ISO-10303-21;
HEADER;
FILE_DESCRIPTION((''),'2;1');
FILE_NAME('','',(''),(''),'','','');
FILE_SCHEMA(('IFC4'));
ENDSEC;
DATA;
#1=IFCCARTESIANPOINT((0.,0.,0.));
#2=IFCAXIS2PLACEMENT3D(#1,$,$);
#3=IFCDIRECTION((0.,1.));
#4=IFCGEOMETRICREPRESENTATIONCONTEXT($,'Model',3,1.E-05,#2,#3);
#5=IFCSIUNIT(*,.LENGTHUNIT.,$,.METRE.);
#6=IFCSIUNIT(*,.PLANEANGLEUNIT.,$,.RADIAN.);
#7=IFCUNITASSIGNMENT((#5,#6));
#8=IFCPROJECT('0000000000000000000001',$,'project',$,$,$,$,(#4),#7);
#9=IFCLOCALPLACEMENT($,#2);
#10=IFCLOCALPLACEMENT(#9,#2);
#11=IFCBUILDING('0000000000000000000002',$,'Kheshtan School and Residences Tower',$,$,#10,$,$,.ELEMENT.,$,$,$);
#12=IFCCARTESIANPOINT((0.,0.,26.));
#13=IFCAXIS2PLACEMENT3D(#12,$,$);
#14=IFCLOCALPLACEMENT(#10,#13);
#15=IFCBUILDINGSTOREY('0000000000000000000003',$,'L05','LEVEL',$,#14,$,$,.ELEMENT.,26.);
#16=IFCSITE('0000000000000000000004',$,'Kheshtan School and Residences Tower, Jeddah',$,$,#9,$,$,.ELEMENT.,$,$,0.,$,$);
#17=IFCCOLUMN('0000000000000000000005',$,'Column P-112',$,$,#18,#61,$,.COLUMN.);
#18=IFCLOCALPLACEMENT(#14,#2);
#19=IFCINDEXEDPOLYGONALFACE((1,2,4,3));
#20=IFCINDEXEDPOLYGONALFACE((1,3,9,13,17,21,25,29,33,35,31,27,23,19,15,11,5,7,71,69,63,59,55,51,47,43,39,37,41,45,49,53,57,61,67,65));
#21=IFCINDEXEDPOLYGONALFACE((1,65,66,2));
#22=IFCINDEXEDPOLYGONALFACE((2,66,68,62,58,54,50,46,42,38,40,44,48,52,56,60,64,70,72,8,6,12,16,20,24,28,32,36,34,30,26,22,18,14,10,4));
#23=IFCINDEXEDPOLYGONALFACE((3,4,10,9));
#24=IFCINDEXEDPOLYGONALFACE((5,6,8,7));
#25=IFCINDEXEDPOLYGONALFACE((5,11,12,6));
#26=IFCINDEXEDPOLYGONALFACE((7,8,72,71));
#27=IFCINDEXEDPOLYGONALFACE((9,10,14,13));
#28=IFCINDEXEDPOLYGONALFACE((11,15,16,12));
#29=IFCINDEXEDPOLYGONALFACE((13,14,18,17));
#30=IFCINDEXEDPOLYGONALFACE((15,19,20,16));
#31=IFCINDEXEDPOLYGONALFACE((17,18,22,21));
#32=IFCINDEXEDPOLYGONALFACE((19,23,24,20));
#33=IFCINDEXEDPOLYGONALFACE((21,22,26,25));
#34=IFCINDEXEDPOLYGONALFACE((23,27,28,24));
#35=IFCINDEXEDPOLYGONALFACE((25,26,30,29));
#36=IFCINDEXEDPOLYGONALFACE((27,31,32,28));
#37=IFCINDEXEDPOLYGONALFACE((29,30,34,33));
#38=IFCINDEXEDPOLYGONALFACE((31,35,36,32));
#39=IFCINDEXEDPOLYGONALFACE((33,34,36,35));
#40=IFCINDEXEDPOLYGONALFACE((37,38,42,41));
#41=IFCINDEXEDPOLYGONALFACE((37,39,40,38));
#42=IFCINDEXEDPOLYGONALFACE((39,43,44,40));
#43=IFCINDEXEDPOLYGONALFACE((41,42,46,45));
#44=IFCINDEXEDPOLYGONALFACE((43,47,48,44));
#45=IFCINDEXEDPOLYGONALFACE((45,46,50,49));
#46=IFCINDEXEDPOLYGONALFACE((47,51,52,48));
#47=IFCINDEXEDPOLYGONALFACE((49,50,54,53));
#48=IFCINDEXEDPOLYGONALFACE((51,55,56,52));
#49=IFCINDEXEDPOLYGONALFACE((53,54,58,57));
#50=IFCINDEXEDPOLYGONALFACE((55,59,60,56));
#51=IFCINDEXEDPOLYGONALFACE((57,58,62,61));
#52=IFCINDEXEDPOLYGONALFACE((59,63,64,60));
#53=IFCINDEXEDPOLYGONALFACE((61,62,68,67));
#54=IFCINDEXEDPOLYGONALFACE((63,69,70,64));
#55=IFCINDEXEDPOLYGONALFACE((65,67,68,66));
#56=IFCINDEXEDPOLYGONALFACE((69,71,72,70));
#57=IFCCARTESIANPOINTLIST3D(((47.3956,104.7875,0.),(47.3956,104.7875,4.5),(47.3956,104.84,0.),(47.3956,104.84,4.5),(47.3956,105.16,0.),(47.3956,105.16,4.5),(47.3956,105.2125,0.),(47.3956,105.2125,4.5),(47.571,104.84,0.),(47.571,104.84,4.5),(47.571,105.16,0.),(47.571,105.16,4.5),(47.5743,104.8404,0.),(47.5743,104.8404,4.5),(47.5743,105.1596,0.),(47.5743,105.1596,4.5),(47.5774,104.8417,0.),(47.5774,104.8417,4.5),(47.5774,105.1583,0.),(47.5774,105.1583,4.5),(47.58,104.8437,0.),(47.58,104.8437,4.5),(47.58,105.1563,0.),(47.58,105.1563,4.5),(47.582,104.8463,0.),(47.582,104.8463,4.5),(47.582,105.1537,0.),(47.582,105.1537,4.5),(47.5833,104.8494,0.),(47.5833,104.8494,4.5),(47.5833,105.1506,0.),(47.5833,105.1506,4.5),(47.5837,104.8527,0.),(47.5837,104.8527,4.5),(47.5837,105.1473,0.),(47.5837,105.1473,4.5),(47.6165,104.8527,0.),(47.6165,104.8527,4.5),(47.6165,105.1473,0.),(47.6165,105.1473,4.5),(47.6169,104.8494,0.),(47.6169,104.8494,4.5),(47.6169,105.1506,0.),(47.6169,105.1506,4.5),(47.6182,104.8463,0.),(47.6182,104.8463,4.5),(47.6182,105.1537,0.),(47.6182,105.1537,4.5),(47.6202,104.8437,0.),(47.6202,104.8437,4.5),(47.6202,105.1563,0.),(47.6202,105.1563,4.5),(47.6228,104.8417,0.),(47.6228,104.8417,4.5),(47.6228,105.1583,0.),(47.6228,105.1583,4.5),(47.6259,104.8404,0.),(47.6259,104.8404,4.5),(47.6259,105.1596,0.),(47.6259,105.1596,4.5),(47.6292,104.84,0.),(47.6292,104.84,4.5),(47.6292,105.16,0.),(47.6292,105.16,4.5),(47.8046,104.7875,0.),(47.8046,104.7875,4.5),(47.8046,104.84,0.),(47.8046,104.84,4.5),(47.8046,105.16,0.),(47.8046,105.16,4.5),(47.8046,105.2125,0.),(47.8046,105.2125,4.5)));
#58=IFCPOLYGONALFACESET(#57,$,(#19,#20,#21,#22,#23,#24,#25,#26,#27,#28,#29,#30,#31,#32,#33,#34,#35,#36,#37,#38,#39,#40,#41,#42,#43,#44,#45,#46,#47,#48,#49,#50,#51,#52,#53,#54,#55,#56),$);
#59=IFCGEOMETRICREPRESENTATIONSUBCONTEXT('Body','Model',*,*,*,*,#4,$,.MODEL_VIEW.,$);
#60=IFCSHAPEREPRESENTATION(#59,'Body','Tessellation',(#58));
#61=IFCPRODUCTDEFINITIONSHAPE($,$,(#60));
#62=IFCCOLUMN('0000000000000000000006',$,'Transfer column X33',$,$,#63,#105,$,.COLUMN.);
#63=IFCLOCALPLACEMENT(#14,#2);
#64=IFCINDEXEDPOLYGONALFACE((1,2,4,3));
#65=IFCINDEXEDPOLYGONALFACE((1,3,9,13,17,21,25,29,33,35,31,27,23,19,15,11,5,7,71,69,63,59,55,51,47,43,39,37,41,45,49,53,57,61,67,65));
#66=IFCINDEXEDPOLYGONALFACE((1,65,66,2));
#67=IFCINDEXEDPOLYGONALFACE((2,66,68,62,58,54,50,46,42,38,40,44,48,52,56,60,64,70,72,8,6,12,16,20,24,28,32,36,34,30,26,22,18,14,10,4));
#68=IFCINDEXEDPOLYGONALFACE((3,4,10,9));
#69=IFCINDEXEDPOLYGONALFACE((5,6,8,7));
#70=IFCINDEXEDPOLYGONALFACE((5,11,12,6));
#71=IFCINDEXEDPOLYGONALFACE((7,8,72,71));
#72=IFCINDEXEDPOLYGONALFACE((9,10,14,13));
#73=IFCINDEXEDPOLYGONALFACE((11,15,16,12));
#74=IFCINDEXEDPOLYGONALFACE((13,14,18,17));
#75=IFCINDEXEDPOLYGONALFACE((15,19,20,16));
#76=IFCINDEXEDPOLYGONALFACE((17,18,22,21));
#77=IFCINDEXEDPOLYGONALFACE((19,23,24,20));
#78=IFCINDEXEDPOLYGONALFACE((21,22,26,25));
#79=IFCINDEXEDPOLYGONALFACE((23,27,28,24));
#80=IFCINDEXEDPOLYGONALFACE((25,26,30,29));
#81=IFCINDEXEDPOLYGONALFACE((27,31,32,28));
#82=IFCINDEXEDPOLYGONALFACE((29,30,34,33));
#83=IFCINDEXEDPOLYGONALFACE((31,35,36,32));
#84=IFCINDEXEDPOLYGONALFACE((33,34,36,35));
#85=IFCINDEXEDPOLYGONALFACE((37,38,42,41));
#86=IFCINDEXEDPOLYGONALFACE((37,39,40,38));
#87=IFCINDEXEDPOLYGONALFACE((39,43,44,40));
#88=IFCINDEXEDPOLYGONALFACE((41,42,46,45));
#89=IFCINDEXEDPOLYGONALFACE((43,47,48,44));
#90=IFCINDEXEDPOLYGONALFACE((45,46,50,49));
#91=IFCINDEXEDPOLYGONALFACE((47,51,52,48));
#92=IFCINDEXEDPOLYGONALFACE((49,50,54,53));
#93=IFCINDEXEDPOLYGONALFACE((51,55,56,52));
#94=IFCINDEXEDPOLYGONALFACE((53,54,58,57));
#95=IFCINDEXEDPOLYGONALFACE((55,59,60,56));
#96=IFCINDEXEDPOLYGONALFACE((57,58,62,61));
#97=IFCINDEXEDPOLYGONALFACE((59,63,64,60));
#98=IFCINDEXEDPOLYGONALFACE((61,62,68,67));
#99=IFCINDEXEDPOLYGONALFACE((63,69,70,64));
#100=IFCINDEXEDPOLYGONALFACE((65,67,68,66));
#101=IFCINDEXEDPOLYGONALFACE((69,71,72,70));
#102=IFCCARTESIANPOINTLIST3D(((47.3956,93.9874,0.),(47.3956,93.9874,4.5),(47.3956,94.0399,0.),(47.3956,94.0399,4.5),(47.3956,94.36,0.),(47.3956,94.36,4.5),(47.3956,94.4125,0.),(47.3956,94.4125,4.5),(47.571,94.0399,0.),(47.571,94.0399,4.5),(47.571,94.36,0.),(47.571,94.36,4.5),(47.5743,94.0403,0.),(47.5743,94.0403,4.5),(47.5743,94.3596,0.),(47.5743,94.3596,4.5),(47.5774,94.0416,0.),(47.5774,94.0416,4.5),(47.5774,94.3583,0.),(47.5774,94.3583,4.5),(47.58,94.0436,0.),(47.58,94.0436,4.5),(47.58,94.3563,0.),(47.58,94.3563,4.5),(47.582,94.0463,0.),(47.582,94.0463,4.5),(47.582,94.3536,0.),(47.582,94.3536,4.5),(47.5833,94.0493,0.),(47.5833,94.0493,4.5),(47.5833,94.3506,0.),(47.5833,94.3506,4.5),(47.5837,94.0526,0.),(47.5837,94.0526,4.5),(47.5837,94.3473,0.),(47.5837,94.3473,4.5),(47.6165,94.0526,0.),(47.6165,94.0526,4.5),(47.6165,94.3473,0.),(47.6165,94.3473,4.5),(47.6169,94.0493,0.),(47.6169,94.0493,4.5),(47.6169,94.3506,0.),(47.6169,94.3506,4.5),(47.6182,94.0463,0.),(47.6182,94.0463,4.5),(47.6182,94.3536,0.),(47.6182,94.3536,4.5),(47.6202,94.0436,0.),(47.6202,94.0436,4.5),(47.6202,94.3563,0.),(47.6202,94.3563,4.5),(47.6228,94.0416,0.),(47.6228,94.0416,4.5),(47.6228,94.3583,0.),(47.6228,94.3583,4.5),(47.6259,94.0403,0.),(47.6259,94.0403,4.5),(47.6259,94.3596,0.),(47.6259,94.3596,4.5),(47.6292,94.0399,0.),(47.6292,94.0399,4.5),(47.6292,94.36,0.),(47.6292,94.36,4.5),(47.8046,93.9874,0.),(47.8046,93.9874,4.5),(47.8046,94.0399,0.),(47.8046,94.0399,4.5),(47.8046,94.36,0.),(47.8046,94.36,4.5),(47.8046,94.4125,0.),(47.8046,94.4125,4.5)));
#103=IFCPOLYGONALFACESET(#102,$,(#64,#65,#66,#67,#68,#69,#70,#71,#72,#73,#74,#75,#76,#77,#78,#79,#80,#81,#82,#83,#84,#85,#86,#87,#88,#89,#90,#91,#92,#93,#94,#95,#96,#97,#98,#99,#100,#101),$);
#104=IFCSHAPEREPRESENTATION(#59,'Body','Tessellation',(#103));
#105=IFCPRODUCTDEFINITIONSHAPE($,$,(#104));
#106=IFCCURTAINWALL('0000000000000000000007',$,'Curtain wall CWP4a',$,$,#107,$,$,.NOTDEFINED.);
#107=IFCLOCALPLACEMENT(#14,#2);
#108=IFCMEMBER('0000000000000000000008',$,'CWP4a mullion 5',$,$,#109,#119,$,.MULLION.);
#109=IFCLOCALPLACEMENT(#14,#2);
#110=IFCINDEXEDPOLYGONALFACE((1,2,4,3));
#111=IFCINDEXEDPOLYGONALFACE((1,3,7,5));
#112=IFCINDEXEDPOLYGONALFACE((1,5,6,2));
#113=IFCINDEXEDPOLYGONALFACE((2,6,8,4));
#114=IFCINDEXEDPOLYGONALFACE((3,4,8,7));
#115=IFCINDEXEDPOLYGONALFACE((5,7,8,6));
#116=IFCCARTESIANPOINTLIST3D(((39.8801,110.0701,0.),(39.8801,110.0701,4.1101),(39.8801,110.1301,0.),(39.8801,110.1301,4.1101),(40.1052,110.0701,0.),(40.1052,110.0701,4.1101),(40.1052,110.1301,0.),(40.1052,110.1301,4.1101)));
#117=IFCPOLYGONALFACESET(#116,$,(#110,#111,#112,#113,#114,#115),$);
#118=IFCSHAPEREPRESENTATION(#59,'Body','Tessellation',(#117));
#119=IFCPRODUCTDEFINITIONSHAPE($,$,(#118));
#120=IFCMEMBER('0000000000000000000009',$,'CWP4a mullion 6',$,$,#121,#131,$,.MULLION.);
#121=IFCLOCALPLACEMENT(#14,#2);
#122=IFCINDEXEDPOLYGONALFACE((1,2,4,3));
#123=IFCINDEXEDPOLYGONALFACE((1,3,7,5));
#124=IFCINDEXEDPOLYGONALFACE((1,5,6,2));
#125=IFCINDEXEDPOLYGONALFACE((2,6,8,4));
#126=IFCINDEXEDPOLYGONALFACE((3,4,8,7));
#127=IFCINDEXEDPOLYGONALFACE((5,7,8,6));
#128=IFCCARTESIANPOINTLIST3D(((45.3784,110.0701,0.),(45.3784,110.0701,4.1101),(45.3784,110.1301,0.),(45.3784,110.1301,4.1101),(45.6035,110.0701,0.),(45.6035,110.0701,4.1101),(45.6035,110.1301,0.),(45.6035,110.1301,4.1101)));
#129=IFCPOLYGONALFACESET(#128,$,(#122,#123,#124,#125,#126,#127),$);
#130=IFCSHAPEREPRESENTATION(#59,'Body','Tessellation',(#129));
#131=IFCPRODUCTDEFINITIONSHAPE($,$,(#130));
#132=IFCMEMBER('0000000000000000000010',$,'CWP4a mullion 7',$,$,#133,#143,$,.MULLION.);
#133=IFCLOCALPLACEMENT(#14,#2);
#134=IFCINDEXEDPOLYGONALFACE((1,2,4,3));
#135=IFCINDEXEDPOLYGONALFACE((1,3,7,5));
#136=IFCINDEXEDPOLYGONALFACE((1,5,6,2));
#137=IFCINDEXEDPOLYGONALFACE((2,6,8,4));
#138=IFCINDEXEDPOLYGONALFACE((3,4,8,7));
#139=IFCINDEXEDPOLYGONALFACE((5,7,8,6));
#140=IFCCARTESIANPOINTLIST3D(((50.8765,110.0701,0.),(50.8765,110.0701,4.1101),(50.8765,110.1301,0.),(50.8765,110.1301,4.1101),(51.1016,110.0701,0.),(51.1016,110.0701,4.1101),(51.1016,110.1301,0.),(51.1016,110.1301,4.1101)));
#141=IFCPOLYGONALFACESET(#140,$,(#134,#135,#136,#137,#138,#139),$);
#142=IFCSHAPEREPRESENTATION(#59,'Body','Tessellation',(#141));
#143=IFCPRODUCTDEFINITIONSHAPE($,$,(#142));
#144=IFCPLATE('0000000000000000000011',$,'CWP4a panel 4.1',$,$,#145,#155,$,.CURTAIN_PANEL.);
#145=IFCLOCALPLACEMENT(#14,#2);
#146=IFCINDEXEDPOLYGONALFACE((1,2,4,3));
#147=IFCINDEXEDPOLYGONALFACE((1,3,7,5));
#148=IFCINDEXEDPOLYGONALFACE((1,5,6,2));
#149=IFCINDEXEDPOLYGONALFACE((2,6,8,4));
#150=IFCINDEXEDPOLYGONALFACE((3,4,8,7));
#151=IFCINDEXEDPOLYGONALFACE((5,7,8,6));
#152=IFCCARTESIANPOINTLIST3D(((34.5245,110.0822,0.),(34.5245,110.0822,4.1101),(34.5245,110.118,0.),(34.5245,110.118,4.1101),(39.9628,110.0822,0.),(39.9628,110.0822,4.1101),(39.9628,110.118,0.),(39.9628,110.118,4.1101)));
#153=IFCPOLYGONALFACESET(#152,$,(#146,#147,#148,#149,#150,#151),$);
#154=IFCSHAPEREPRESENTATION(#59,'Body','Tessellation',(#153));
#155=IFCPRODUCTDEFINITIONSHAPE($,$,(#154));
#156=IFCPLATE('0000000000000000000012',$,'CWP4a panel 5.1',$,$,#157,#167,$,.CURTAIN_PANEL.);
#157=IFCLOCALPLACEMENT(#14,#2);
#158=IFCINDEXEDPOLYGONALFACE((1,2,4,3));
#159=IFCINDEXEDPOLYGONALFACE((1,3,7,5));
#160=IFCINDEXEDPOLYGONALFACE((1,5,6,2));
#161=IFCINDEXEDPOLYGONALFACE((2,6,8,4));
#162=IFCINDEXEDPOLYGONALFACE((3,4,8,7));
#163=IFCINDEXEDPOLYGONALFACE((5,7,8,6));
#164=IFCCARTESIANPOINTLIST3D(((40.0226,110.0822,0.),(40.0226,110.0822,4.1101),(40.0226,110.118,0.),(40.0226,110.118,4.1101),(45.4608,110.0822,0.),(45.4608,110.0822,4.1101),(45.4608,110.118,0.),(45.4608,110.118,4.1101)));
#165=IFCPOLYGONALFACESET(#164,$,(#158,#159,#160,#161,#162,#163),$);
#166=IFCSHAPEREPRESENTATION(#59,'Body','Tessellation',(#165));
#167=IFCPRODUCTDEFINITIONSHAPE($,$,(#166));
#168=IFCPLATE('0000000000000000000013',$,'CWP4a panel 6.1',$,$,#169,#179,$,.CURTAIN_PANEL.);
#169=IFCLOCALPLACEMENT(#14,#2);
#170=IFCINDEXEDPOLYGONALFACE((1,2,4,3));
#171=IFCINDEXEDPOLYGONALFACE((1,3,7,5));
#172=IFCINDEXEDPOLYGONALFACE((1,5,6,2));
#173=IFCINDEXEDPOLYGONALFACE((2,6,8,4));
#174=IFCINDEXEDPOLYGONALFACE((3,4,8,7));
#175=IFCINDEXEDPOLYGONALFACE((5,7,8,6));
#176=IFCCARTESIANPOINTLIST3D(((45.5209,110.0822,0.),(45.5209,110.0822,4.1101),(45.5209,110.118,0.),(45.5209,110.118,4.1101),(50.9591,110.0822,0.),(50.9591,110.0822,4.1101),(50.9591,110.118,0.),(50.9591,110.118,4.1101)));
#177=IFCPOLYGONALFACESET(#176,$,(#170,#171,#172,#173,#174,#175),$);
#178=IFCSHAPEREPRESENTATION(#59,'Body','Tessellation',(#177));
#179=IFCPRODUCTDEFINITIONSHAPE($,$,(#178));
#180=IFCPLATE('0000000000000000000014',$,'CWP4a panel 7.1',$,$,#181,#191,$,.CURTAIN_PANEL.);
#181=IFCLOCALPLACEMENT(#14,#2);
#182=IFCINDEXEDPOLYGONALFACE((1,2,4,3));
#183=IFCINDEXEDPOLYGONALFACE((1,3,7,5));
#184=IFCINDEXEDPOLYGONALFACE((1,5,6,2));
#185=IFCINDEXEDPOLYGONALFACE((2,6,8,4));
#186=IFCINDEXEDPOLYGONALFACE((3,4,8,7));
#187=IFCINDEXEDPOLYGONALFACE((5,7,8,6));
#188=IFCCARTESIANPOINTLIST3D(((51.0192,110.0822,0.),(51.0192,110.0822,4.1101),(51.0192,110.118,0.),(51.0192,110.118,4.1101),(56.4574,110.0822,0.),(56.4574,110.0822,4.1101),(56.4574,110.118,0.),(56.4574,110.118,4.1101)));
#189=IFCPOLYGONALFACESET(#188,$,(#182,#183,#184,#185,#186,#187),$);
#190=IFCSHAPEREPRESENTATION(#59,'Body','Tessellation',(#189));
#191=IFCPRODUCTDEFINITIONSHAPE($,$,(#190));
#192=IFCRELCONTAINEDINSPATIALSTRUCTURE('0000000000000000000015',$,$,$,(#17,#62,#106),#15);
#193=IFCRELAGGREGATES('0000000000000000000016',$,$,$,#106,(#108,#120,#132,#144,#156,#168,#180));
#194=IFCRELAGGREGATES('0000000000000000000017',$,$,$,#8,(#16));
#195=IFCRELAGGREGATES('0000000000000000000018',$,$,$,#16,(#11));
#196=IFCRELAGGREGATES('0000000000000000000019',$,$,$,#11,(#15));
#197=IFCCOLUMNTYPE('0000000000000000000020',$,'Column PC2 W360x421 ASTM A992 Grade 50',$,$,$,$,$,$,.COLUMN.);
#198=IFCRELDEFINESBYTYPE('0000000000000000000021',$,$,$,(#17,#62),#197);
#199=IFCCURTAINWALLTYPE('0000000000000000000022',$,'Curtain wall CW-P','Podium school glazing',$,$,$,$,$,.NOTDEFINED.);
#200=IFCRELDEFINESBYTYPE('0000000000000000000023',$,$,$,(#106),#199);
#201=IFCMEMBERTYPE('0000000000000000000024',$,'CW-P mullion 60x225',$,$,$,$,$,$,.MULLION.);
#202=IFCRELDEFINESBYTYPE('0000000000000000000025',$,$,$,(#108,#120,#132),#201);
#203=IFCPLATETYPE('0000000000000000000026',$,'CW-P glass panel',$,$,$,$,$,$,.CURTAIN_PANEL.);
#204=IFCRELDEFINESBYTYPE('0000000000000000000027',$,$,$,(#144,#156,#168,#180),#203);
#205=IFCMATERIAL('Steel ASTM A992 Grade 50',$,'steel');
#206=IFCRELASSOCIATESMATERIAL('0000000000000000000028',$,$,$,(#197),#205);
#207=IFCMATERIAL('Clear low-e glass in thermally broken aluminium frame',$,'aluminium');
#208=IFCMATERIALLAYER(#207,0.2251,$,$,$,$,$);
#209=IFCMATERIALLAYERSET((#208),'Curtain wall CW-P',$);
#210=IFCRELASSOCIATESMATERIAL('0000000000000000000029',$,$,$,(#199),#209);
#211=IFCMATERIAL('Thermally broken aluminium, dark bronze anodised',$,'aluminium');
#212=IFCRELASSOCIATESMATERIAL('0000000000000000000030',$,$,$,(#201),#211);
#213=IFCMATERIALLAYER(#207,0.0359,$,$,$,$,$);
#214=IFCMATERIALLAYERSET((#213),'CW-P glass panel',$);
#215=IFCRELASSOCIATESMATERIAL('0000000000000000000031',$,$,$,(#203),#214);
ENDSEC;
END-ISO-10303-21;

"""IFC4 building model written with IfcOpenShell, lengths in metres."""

from ifc_helpers import new_model, si_unit, direction, frame, origin, origin_2d, place, context, subcontext, project, spatial, rectangle, i_section, extrude, material, layer, layer_set, material_profile, profile_set, type_object, element, aggregate, save


model = new_model("IFC4")

# Units and contexts
model_context = context("Model", 3, precision=1e-05, world=origin(), true_north=direction((0.0, 1.0)))
body_context = subcontext(model_context, "Body", "Model", "MODEL_VIEW")
ifc_project = project(units=[si_unit("LENGTHUNIT", "METRE"), si_unit("PLANEANGLEUNIT", "RADIAN")], contexts=[model_context])

# Site, building, storey
site_placement = place(None, origin())
site = spatial("IfcSite", under=ifc_project, at=site_placement, Name="Kheshtan School and Residences Tower, Jeddah", CompositionType="ELEMENT", RefElevation=0.0)
building_placement = place(site_placement, origin())
building = spatial("IfcBuilding", under=site, at=building_placement, Name="Kheshtan School and Residences Tower", CompositionType="ELEMENT")
storey_placement = place(building_placement, frame((0.0, 0.0, 26.0)))
storey = spatial("IfcBuildingStorey", under=building, at=storey_placement, Name="L05", Description="LEVEL", CompositionType="ELEMENT", Elevation=26.0)

# Columns
ifc_material_1 = material(Name="Steel ASTM A992 Grade 50", Category="steel")
ifc_material_profile_1 = material_profile(ifc_material_1, i_section(OverallWidth=0.4089, OverallDepth=0.425, WebThickness=0.0327, FlangeThickness=0.0525, FilletRadius=0.0127, at=origin_2d()), Name="W360x421")
ifc_profile_set_1 = profile_set([ifc_material_profile_1], Name="Steel ASTM A992 Grade 50")
column_type = type_object("IfcColumnType", Name="Column PC2 W360x421 ASTM A992 Grade 50", PredefinedType="COLUMN", material=ifc_profile_set_1)
for number, where, z_axis, x_axis, name in (
    (1, (47.6001, 105.0, 0.0), (0.0, 0.0, 1.0), (1.0, 0.0, 0.0), "Column P-112"),
    (2, (47.6001, 94.2, 0.0), (0.0, 0.0, 1.0), (1.0, 0.0, 0.0), "Transfer column X33"),
):
    element("IfcColumn", number, at=place(storey_placement, frame(where, z_axis=z_axis, x_axis=x_axis)), inside=storey, type_object=column_type, Name=name, PredefinedType="COLUMN", context=body_context, shape_type="SweptSolid", body=[
        extrude(i_section(OverallWidth=0.4089, OverallDepth=0.425, WebThickness=0.0327, FlangeThickness=0.0525, FilletRadius=0.0127, at=origin_2d()), origin(), (0.0, 0.0, 1.0), 4.5),
    ])

# Curtain wall, members, plates
ifc_material_2 = material(Name="Clear low-e glass in thermally broken aluminium frame", Category="aluminium")
ifc_layer_1 = layer(ifc_material_2, 0.2251)
ifc_layer_set_1 = layer_set([ifc_layer_1], Name="Curtain wall CW-P")
curtain_wall_type = type_object("IfcCurtainWallType", Name="Curtain wall CW-P", Description="Podium school glazing", PredefinedType="NOTDEFINED", material=ifc_layer_set_1)
curtain_wall_placement = place(storey_placement, origin())
curtain_wall = element("IfcCurtainWall", 3, at=curtain_wall_placement, inside=storey, type_object=curtain_wall_type, Name="Curtain wall CWP4a", PredefinedType="NOTDEFINED")
ifc_material_3 = material(Name="Thermally broken aluminium, dark bronze anodised", Category="aluminium")
ifc_material_profile_2 = material_profile(ifc_material_3, rectangle(XDim=0.0601, YDim=0.2251, at=origin_2d()), Name="CW-P mullion 60x225")
ifc_profile_set_2 = profile_set([ifc_material_profile_2], Name="Thermally broken aluminium, dark bronze anodised")
member_type = type_object("IfcMemberType", Name="CW-P mullion 60x225", PredefinedType="MULLION", material=ifc_profile_set_2)
member_1_placement = place(storey_placement, frame((39.9927, 110.1001, 0.0), z_axis=(0.0, 0.0, 1.0), x_axis=(0.0, 1.0, 0.0)))
member_1 = element("IfcMember", 4, at=member_1_placement, type_object=member_type, Name="CWP4a mullion 5", PredefinedType="MULLION", context=body_context, shape_type="SweptSolid", body=[
    extrude(rectangle(XDim=0.0601, YDim=0.2251, at=origin_2d()), origin(), (0.0, 0.0, 1.0), 4.1101),
])
member_2_placement = place(storey_placement, frame((45.491, 110.1001, 0.0), z_axis=(0.0, 0.0, 1.0), x_axis=(0.0, 1.0, 0.0)))
member_2 = element("IfcMember", 5, at=member_2_placement, type_object=member_type, Name="CWP4a mullion 6", PredefinedType="MULLION", context=body_context, shape_type="SweptSolid", body=[
    extrude(rectangle(XDim=0.0601, YDim=0.2251, at=origin_2d()), origin(), (0.0, 0.0, 1.0), 4.1101),
])
member_3_placement = place(storey_placement, frame((50.989, 110.1001, 0.0), z_axis=(0.0, 0.0, 1.0), x_axis=(0.0, 1.0, 0.0)))
member_3 = element("IfcMember", 6, at=member_3_placement, type_object=member_type, Name="CWP4a mullion 7", PredefinedType="MULLION", context=body_context, shape_type="SweptSolid", body=[
    extrude(rectangle(XDim=0.0601, YDim=0.2251, at=origin_2d()), origin(), (0.0, 0.0, 1.0), 4.1101),
])
ifc_layer_2 = layer(ifc_material_2, 0.0359)
ifc_layer_set_2 = layer_set([ifc_layer_2], Name="CW-P glass panel")
plate_type = type_object("IfcPlateType", Name="CW-P glass panel", PredefinedType="CURTAIN_PANEL", material=ifc_layer_set_2)
plate_1_placement = place(storey_placement, frame((37.2437, 110.1001, 0.0), z_axis=(0.0, 0.0, 1.0), x_axis=(1.0, 0.0, 0.0)))
plate_1 = element("IfcPlate", 7, at=plate_1_placement, type_object=plate_type, Name="CWP4a panel 4.1", PredefinedType="CURTAIN_PANEL", context=body_context, shape_type="SweptSolid", body=[
    extrude(rectangle(XDim=5.4382, YDim=0.0359, at=origin_2d()), origin(), (0.0, 0.0, 1.0), 4.1101),
])
plate_2_placement = place(storey_placement, frame((42.7417, 110.1001, 0.0), z_axis=(0.0, 0.0, 1.0), x_axis=(1.0, 0.0, 0.0)))
plate_2 = element("IfcPlate", 8, at=plate_2_placement, type_object=plate_type, Name="CWP4a panel 5.1", PredefinedType="CURTAIN_PANEL", context=body_context, shape_type="SweptSolid", body=[
    extrude(rectangle(XDim=5.4382, YDim=0.0359, at=origin_2d()), origin(), (0.0, 0.0, 1.0), 4.1101),
])
plate_3_placement = place(storey_placement, frame((48.24, 110.1001, 0.0), z_axis=(0.0, 0.0, 1.0), x_axis=(1.0, 0.0, 0.0)))
plate_3 = element("IfcPlate", 9, at=plate_3_placement, type_object=plate_type, Name="CWP4a panel 6.1", PredefinedType="CURTAIN_PANEL", context=body_context, shape_type="SweptSolid", body=[
    extrude(rectangle(XDim=5.4382, YDim=0.0359, at=origin_2d()), origin(), (0.0, 0.0, 1.0), 4.1101),
])
plate_4_placement = place(storey_placement, frame((53.7383, 110.1001, 0.0), z_axis=(0.0, 0.0, 1.0), x_axis=(1.0, 0.0, 0.0)))
plate_4 = element("IfcPlate", 10, at=plate_4_placement, type_object=plate_type, Name="CWP4a panel 7.1", PredefinedType="CURTAIN_PANEL", context=body_context, shape_type="SweptSolid", body=[
    extrude(rectangle(XDim=5.4382, YDim=0.0359, at=origin_2d()), origin(), (0.0, 0.0, 1.0), 4.1101),
])
aggregate(curtain_wall, [member_1, member_2, member_3, plate_1, plate_2, plate_3, plate_4])

save(model, "model.ifc")
